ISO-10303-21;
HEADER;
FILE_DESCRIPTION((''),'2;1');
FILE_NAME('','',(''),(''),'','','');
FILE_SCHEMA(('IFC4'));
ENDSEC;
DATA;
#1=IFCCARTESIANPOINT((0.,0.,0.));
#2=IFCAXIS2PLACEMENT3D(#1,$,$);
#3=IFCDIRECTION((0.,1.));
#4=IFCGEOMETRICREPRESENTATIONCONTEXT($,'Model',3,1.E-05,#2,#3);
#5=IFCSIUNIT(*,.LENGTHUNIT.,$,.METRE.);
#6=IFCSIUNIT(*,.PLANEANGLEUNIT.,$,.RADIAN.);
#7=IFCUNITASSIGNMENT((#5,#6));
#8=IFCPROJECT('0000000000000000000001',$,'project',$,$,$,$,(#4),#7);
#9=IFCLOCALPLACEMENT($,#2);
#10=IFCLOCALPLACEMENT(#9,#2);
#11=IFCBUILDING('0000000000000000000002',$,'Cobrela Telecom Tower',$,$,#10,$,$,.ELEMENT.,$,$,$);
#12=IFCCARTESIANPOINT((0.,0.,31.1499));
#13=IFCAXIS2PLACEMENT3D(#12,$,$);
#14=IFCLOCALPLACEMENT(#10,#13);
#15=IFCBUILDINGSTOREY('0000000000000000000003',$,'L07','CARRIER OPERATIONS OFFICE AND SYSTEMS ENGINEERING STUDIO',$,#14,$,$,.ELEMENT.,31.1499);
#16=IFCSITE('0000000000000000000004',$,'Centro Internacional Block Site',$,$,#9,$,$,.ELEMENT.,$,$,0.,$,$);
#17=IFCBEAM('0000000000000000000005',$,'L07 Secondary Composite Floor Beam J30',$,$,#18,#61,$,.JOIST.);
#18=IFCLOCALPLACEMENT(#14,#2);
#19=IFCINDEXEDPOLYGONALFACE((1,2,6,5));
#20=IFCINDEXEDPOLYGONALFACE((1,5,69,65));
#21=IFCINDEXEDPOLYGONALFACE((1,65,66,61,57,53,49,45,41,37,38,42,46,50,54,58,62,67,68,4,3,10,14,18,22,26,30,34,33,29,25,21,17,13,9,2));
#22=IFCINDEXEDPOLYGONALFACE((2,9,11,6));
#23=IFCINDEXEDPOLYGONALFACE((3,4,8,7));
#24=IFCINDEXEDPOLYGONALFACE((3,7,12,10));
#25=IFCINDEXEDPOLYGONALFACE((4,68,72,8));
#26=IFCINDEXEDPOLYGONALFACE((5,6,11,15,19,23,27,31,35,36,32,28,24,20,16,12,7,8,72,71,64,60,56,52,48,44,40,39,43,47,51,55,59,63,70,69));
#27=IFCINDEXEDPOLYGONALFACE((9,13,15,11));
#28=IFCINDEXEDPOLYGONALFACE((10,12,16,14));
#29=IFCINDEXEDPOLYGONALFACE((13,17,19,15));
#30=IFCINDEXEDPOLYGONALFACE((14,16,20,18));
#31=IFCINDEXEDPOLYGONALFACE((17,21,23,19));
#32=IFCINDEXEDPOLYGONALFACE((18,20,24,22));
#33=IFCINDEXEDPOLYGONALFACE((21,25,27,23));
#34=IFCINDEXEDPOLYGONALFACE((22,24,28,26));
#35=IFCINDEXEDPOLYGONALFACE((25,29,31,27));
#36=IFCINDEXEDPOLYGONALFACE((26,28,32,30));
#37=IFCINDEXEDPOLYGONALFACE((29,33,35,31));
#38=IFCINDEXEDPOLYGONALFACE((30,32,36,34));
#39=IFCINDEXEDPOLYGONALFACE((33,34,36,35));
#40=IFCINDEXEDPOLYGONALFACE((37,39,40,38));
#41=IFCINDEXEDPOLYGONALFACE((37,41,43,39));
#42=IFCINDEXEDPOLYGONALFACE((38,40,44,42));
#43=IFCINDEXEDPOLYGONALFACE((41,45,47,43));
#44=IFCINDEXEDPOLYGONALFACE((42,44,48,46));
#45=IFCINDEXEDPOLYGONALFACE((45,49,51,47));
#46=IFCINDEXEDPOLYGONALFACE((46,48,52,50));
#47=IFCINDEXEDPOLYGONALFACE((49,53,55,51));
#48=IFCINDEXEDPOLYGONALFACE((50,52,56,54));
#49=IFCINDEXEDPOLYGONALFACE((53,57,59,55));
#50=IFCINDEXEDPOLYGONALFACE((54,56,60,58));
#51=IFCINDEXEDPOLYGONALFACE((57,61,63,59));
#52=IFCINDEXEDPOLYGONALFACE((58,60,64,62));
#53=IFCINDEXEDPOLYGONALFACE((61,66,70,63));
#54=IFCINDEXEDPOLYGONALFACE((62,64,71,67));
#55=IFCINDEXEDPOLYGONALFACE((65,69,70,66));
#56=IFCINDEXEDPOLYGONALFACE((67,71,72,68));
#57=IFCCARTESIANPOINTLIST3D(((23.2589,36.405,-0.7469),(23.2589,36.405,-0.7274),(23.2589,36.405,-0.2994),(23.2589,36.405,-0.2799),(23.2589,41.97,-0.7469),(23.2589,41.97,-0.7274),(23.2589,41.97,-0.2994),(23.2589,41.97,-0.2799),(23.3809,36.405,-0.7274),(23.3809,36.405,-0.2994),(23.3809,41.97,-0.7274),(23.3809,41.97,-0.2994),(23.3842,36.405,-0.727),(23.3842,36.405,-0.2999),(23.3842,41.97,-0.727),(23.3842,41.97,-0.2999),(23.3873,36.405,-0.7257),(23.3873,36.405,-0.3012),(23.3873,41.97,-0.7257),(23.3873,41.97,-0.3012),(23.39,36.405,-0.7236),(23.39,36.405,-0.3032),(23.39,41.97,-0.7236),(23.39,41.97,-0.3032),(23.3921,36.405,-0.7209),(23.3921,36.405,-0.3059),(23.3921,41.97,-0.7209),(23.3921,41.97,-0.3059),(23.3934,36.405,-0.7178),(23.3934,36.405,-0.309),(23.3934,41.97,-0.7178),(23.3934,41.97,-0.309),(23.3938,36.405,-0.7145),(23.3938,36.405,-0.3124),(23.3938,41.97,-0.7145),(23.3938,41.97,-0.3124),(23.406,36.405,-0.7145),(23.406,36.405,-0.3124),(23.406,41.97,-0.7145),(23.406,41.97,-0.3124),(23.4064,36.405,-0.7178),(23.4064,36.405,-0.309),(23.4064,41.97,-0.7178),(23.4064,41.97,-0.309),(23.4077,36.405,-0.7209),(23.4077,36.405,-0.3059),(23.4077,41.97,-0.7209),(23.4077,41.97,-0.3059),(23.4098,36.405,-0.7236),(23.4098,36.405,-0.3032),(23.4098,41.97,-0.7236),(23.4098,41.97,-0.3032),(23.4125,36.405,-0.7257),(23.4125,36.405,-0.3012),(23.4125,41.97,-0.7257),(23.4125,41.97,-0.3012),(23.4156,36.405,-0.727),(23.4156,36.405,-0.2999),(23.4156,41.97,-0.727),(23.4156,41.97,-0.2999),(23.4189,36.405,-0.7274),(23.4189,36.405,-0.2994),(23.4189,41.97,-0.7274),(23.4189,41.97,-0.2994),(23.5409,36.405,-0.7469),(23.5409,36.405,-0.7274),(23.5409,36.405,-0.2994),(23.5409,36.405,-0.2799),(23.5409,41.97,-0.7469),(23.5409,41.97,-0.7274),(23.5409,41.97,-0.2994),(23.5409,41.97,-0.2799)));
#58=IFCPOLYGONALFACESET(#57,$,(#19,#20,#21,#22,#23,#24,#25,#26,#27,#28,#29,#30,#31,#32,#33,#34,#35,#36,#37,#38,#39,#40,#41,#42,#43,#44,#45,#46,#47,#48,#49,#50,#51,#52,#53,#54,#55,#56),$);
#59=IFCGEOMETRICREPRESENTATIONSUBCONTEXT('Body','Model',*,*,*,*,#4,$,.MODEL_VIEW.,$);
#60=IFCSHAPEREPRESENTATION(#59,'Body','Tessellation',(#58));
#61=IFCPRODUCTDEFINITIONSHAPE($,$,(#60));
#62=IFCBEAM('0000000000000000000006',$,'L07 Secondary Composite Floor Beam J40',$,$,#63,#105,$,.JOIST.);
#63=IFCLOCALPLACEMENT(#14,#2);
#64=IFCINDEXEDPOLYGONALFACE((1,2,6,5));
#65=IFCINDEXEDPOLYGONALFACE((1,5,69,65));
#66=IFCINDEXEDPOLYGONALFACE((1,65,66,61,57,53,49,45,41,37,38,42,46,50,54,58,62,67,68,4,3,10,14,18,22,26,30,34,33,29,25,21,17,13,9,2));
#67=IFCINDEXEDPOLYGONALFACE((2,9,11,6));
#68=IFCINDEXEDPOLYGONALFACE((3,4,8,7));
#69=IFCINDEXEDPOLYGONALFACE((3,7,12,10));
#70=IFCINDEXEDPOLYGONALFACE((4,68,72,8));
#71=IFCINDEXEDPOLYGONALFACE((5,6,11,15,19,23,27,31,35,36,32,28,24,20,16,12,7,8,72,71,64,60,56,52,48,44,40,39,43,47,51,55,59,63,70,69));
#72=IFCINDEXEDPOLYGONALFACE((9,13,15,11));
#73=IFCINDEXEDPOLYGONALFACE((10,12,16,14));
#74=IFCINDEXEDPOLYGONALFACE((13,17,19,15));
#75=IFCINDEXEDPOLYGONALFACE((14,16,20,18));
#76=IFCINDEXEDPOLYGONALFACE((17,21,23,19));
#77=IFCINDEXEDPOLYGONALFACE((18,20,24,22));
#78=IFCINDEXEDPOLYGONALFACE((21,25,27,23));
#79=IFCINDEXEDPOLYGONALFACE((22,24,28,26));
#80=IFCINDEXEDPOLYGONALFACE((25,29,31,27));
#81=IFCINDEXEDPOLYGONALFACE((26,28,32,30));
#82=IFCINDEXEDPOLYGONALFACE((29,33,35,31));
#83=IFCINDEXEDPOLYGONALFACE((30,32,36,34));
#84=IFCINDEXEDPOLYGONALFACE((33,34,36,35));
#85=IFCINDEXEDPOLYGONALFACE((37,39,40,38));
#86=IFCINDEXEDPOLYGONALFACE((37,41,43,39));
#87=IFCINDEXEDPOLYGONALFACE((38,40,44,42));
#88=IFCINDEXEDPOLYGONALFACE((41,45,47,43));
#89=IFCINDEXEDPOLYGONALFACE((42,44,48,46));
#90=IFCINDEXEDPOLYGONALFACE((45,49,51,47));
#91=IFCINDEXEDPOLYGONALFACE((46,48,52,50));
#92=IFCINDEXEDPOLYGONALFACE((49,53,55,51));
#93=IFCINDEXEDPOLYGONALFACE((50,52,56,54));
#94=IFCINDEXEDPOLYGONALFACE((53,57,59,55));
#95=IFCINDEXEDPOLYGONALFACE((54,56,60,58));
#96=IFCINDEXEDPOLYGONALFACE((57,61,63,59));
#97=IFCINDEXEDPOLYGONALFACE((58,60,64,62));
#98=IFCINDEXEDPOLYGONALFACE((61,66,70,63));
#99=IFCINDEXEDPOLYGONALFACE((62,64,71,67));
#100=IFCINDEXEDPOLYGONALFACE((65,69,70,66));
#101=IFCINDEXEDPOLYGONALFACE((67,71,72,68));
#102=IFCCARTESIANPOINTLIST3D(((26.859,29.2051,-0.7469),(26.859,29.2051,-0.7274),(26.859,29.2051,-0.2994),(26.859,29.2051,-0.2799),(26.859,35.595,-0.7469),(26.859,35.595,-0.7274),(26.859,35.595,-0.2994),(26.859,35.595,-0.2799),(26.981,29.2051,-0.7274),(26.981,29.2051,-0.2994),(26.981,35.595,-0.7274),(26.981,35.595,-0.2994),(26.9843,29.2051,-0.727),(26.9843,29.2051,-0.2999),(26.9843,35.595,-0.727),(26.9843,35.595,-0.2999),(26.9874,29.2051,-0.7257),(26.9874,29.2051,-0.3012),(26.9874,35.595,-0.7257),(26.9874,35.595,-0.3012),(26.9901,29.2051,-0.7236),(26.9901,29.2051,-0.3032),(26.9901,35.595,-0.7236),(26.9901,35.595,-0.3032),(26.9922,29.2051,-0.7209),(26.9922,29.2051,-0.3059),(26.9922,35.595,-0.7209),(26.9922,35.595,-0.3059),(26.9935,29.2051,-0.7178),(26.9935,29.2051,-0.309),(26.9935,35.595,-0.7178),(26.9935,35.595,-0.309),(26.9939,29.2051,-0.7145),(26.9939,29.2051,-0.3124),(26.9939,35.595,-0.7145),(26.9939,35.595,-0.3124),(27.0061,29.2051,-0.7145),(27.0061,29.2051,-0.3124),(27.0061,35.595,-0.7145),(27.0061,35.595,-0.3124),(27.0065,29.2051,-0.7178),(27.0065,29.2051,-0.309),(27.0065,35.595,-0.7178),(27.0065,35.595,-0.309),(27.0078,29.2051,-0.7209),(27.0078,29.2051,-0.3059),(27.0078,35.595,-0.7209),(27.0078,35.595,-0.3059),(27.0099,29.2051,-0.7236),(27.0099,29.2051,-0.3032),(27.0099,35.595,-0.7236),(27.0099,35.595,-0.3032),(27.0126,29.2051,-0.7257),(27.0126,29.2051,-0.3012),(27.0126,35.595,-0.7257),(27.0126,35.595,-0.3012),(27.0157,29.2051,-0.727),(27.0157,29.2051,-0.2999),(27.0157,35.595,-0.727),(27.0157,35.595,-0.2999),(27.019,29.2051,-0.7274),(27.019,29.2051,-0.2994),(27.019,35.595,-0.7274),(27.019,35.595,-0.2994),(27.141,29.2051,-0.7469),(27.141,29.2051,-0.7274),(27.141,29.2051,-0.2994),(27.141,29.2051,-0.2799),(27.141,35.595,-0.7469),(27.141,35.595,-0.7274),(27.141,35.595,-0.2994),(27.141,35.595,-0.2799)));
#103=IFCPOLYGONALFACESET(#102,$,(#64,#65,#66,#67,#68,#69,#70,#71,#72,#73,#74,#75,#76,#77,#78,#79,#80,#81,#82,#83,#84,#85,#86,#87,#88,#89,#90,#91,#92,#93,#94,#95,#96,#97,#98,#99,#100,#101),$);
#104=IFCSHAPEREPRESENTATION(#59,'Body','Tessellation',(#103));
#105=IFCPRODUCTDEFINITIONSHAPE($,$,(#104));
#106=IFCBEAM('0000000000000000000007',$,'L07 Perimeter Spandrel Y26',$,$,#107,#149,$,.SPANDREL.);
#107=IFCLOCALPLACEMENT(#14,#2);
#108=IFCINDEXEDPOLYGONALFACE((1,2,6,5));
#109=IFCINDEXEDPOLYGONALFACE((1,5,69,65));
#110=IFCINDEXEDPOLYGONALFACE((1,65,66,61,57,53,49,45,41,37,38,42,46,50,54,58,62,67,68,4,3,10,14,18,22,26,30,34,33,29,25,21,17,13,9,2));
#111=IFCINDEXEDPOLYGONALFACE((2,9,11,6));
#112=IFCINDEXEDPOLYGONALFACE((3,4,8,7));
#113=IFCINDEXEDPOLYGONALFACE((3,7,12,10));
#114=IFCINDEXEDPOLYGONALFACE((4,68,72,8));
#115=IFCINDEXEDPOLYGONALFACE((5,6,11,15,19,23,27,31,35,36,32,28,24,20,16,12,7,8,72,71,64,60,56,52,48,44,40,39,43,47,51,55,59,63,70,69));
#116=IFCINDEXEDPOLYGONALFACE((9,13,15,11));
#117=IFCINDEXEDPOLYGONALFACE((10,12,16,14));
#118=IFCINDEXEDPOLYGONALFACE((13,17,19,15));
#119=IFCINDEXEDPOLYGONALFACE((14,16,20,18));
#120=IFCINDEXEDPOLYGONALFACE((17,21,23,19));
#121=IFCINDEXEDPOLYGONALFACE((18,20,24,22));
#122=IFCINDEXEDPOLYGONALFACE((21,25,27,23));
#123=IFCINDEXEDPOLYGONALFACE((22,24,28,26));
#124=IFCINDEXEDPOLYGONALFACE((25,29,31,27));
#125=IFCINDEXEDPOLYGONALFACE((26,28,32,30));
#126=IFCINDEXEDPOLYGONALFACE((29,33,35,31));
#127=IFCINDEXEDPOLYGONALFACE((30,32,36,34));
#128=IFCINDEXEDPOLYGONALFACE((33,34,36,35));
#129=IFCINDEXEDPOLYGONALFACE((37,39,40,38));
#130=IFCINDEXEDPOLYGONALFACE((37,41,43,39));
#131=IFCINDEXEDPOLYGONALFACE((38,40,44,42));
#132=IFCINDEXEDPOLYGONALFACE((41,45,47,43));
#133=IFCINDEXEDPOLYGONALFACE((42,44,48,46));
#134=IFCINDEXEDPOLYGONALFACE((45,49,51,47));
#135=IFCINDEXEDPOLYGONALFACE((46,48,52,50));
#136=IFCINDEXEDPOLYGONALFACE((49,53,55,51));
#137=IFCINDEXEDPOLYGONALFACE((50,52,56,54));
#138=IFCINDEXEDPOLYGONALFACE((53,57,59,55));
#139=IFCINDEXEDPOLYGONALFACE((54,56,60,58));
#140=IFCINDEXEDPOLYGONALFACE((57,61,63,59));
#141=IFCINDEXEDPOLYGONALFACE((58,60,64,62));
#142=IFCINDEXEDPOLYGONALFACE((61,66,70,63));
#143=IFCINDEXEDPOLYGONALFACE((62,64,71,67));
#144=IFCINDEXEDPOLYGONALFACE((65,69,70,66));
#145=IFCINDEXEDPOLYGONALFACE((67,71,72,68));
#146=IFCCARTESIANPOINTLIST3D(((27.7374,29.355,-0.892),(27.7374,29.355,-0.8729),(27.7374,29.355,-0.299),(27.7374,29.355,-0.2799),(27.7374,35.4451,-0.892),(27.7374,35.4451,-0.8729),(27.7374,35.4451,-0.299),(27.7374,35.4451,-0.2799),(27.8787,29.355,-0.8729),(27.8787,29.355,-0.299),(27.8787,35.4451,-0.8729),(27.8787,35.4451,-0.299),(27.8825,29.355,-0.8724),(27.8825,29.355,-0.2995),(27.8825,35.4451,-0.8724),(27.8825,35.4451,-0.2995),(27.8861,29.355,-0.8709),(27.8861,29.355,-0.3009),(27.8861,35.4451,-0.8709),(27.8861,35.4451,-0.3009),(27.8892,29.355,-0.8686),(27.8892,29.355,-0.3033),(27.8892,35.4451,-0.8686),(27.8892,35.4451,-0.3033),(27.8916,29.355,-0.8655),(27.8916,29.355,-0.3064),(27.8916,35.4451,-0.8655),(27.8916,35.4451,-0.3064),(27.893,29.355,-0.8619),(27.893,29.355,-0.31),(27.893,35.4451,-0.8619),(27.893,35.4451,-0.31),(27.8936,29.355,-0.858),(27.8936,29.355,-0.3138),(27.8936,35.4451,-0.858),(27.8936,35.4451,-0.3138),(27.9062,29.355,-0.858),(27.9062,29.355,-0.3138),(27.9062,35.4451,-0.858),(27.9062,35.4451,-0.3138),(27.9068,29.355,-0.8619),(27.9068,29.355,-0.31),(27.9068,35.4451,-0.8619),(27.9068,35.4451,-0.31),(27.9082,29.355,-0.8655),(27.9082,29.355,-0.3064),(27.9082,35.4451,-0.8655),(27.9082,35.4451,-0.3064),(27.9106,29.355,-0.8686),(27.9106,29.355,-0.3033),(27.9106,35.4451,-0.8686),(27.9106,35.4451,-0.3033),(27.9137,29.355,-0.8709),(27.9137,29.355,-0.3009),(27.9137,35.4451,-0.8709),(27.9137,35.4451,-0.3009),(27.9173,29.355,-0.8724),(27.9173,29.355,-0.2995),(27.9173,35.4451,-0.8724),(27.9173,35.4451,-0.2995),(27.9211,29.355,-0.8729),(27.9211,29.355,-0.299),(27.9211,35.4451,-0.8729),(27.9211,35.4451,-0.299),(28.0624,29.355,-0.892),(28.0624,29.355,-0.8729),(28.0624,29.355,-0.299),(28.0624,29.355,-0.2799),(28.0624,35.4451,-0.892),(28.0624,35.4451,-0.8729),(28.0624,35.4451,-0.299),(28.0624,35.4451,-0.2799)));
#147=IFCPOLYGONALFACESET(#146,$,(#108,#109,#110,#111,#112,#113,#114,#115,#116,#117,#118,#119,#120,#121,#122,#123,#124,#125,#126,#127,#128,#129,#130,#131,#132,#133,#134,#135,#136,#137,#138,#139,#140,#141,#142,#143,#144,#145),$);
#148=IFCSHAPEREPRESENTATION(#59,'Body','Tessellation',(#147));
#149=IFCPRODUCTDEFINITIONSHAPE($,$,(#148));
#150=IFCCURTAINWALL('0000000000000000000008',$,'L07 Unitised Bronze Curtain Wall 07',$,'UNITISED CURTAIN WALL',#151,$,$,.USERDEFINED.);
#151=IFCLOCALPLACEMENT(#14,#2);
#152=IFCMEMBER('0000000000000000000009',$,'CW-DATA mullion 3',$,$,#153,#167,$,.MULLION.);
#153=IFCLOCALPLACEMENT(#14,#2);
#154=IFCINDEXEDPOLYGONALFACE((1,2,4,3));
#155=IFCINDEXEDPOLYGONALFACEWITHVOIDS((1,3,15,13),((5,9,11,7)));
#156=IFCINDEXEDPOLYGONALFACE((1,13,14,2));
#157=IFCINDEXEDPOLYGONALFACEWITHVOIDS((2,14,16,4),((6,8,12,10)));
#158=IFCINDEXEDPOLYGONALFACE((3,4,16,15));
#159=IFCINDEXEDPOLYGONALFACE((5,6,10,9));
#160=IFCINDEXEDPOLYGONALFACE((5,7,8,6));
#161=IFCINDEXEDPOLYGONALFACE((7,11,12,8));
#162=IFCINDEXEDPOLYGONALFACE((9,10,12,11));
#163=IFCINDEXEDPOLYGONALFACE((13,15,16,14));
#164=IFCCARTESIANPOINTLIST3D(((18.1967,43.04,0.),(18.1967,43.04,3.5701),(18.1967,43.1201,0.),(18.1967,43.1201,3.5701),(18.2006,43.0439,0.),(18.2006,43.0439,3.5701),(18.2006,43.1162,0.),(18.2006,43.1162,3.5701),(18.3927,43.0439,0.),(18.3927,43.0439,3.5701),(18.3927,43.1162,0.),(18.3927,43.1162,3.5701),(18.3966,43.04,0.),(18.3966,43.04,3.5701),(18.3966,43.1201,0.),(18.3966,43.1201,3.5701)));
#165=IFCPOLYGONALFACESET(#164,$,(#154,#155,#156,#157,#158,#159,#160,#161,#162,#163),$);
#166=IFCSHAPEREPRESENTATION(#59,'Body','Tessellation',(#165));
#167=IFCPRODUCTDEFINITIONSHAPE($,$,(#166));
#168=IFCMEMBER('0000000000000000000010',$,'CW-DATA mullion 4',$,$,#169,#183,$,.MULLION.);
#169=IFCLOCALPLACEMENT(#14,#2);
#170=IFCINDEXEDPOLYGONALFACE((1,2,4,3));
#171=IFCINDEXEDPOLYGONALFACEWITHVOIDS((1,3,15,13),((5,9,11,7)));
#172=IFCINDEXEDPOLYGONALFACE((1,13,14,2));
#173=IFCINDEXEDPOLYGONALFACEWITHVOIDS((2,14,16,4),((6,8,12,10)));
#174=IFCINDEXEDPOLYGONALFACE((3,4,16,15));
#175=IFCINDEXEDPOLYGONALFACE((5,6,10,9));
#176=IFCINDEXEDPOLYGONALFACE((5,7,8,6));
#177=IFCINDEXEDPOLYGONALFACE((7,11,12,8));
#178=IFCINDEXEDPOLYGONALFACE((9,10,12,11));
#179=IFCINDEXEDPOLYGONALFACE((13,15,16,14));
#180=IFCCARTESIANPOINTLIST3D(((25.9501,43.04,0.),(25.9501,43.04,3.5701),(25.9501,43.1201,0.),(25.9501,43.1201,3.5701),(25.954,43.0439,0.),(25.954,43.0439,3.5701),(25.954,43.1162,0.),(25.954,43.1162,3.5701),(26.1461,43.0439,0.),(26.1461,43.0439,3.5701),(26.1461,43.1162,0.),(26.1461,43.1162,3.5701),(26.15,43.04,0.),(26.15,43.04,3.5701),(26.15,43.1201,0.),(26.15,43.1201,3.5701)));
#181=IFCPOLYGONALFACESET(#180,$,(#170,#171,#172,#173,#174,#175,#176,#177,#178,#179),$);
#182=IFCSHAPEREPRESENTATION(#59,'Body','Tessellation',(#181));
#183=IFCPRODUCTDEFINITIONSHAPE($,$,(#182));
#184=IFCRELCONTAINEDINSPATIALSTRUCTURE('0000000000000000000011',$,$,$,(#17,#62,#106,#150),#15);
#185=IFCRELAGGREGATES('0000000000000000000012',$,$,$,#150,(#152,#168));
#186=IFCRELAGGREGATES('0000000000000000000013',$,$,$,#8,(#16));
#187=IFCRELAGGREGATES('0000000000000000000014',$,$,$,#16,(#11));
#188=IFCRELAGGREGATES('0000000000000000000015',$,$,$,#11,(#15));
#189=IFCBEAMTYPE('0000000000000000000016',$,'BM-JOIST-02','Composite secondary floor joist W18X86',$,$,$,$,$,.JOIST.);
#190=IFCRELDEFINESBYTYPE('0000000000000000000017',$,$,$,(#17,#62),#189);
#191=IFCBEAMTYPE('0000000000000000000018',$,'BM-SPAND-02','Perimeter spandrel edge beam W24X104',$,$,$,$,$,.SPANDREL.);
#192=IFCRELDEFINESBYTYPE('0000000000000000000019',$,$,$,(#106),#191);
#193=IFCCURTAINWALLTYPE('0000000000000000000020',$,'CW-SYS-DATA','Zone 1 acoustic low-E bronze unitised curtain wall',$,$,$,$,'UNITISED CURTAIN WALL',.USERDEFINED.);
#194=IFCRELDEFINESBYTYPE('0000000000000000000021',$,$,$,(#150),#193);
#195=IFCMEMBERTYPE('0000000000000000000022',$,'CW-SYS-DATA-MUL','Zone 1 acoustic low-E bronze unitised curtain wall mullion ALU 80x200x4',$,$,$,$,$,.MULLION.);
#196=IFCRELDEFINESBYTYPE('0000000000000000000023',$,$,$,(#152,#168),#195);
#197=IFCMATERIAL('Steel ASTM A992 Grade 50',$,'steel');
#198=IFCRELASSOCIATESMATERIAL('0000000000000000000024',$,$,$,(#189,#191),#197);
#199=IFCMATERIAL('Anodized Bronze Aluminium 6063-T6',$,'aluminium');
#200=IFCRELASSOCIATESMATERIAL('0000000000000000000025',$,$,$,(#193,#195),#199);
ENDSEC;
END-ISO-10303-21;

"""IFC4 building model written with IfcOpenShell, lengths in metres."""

from ifc_helpers import new_model, si_unit, direction, frame, origin, origin_2d, place, context, subcontext, project, spatial, hollow_rectangle, i_section, extrude, material, material_profile, profile_set, type_object, element, aggregate, save


model = new_model("IFC4")

# Units and contexts
model_context = context("Model", 3, precision=1e-05, world=origin(), true_north=direction((0.0, 1.0)))
body_context = subcontext(model_context, "Body", "Model", "MODEL_VIEW")
ifc_project = project(units=[si_unit("LENGTHUNIT", "METRE"), si_unit("PLANEANGLEUNIT", "RADIAN")], contexts=[model_context])

# Site, building, storey
site_placement = place(None, origin())
site = spatial("IfcSite", under=ifc_project, at=site_placement, Name="Centro Internacional Block Site", CompositionType="ELEMENT", RefElevation=0.0)
building_placement = place(site_placement, origin())
building = spatial("IfcBuilding", under=site, at=building_placement, Name="Cobrela Telecom Tower", CompositionType="ELEMENT")
storey_placement = place(building_placement, frame((0.0, 0.0, 31.1499)))
storey = spatial("IfcBuildingStorey", under=building, at=storey_placement, Name="L07", Description="CARRIER OPERATIONS OFFICE AND SYSTEMS ENGINEERING STUDIO", CompositionType="ELEMENT", Elevation=31.1499)

# Shared definitions
ifc_material_1 = material(Name="Steel ASTM A992 Grade 50", Category="steel")

# Beams
ifc_material_profile_1 = material_profile(ifc_material_1, i_section(OverallWidth=0.282, OverallDepth=0.467, WebThickness=0.0122, FlangeThickness=0.0195, FilletRadius=0.0129, at=origin_2d()), Name="W18X86")
ifc_profile_set_1 = profile_set([ifc_material_profile_1], Name="Steel ASTM A992 Grade 50")
beam_type_1 = type_object("IfcBeamType", Name="BM-JOIST-02", Description="Composite secondary floor joist W18X86", PredefinedType="JOIST", material=ifc_profile_set_1)
for number, where, z_axis, x_axis, name in (
    (1, (23.3999, 36.405, -0.5134), (0.0, 1.0, 0.0), (-1.0, 0.0, 0.0), "L07 Secondary Composite Floor Beam J30"),
):
    element("IfcBeam", number, at=place(storey_placement, frame(where, z_axis=z_axis, x_axis=x_axis)), inside=storey, type_object=beam_type_1, Name=name, PredefinedType="JOIST", context=body_context, shape_type="SweptSolid", body=[
        extrude(i_section(OverallWidth=0.282, OverallDepth=0.467, WebThickness=0.0122, FlangeThickness=0.0195, FilletRadius=0.0129, at=origin_2d()), origin(), (0.0, 0.0, 1.0), 5.5649),
    ])
beam_1_placement = place(storey_placement, frame((27.0, 29.2051, -0.5134), z_axis=(0.0, 1.0, 0.0), x_axis=(-1.0, 0.0, 0.0)))
element("IfcBeam", 2, at=beam_1_placement, inside=storey, type_object=beam_type_1, Name="L07 Secondary Composite Floor Beam J40", PredefinedType="JOIST", context=body_context, shape_type="SweptSolid", body=[
    extrude(i_section(OverallWidth=0.282, OverallDepth=0.467, WebThickness=0.0122, FlangeThickness=0.0195, FilletRadius=0.0129, at=origin_2d()), origin(), (0.0, 0.0, 1.0), 6.3899),
])
ifc_material_profile_2 = material_profile(ifc_material_1, i_section(OverallWidth=0.325, OverallDepth=0.6121, WebThickness=0.0127, FlangeThickness=0.019, FilletRadius=0.0149, at=origin_2d()), Name="W24X104")
ifc_profile_set_2 = profile_set([ifc_material_profile_2], Name="Steel ASTM A992 Grade 50")
beam_type_2 = type_object("IfcBeamType", Name="BM-SPAND-02", Description="Perimeter spandrel edge beam W24X104", PredefinedType="SPANDREL", material=ifc_profile_set_2)
beam_2_placement = place(storey_placement, frame((27.8999, 29.355, -0.5859), z_axis=(0.0, 1.0, 0.0), x_axis=(-1.0, 0.0, 0.0)))
element("IfcBeam", 3, at=beam_2_placement, inside=storey, type_object=beam_type_2, Name="L07 Perimeter Spandrel Y26", PredefinedType="SPANDREL", context=body_context, shape_type="SweptSolid", body=[
    extrude(i_section(OverallWidth=0.325, OverallDepth=0.6121, WebThickness=0.0127, FlangeThickness=0.019, FilletRadius=0.0149, at=origin_2d()), origin(), (0.0, 0.0, 1.0), 6.0901),
])

# Curtain wall, members
ifc_material_2 = material(Name="Anodized Bronze Aluminium 6063-T6", Category="aluminium")
curtain_wall_type = type_object("IfcCurtainWallType", Name="CW-SYS-DATA", Description="Zone 1 acoustic low-E bronze unitised curtain wall", ElementType="UNITISED CURTAIN WALL", PredefinedType="USERDEFINED", material=ifc_material_2)
curtain_wall_1_placement = place(storey_placement, origin())
curtain_wall_1 = element("IfcCurtainWall", 4, at=curtain_wall_1_placement, inside=storey, type_object=curtain_wall_type, Name="L07 Unitised Bronze Curtain Wall 07", ObjectType="UNITISED CURTAIN WALL", PredefinedType="USERDEFINED")
ifc_material_profile_3 = material_profile(ifc_material_2, hollow_rectangle(XDim=0.0801, YDim=0.2, WallThickness=0.0039, at=origin_2d()), Name="ALU 80x200x4")
ifc_profile_set_3 = profile_set([ifc_material_profile_3], Name="Anodized Bronze Aluminium 6063-T6")
member_type_1 = type_object("IfcMemberType", Name="CW-SYS-DATA-MUL", Description="Zone 1 acoustic low-E bronze unitised curtain wall mullion ALU 80x200x4", PredefinedType="MULLION", material=ifc_profile_set_3)
member_1_placement = place(storey_placement, frame((18.2966, 43.0801, 0.0), z_axis=(0.0, 0.0, 1.0), x_axis=(0.0, 1.0, 0.0)))
member_1 = element("IfcMember", 5, at=member_1_placement, type_object=member_type_1, Name="CW-DATA mullion 3", PredefinedType="MULLION", context=body_context, shape_type="SweptSolid", body=[
    extrude(hollow_rectangle(XDim=0.0801, YDim=0.2, WallThickness=0.0039, at=origin_2d()), origin(), (0.0, 0.0, 1.0), 3.5701),
])
member_2_placement = place(storey_placement, frame((26.05, 43.0801, 0.0), z_axis=(0.0, 0.0, 1.0), x_axis=(0.0, 1.0, 0.0)))
member_2 = element("IfcMember", 6, at=member_2_placement, type_object=member_type_1, Name="CW-DATA mullion 4", PredefinedType="MULLION", context=body_context, shape_type="SweptSolid", body=[
    extrude(hollow_rectangle(XDim=0.0801, YDim=0.2, WallThickness=0.0039, at=origin_2d()), origin(), (0.0, 0.0, 1.0), 3.5701),
])

aggregate(curtain_wall_1, [member_1, member_2])

save(model, "model.ifc")
